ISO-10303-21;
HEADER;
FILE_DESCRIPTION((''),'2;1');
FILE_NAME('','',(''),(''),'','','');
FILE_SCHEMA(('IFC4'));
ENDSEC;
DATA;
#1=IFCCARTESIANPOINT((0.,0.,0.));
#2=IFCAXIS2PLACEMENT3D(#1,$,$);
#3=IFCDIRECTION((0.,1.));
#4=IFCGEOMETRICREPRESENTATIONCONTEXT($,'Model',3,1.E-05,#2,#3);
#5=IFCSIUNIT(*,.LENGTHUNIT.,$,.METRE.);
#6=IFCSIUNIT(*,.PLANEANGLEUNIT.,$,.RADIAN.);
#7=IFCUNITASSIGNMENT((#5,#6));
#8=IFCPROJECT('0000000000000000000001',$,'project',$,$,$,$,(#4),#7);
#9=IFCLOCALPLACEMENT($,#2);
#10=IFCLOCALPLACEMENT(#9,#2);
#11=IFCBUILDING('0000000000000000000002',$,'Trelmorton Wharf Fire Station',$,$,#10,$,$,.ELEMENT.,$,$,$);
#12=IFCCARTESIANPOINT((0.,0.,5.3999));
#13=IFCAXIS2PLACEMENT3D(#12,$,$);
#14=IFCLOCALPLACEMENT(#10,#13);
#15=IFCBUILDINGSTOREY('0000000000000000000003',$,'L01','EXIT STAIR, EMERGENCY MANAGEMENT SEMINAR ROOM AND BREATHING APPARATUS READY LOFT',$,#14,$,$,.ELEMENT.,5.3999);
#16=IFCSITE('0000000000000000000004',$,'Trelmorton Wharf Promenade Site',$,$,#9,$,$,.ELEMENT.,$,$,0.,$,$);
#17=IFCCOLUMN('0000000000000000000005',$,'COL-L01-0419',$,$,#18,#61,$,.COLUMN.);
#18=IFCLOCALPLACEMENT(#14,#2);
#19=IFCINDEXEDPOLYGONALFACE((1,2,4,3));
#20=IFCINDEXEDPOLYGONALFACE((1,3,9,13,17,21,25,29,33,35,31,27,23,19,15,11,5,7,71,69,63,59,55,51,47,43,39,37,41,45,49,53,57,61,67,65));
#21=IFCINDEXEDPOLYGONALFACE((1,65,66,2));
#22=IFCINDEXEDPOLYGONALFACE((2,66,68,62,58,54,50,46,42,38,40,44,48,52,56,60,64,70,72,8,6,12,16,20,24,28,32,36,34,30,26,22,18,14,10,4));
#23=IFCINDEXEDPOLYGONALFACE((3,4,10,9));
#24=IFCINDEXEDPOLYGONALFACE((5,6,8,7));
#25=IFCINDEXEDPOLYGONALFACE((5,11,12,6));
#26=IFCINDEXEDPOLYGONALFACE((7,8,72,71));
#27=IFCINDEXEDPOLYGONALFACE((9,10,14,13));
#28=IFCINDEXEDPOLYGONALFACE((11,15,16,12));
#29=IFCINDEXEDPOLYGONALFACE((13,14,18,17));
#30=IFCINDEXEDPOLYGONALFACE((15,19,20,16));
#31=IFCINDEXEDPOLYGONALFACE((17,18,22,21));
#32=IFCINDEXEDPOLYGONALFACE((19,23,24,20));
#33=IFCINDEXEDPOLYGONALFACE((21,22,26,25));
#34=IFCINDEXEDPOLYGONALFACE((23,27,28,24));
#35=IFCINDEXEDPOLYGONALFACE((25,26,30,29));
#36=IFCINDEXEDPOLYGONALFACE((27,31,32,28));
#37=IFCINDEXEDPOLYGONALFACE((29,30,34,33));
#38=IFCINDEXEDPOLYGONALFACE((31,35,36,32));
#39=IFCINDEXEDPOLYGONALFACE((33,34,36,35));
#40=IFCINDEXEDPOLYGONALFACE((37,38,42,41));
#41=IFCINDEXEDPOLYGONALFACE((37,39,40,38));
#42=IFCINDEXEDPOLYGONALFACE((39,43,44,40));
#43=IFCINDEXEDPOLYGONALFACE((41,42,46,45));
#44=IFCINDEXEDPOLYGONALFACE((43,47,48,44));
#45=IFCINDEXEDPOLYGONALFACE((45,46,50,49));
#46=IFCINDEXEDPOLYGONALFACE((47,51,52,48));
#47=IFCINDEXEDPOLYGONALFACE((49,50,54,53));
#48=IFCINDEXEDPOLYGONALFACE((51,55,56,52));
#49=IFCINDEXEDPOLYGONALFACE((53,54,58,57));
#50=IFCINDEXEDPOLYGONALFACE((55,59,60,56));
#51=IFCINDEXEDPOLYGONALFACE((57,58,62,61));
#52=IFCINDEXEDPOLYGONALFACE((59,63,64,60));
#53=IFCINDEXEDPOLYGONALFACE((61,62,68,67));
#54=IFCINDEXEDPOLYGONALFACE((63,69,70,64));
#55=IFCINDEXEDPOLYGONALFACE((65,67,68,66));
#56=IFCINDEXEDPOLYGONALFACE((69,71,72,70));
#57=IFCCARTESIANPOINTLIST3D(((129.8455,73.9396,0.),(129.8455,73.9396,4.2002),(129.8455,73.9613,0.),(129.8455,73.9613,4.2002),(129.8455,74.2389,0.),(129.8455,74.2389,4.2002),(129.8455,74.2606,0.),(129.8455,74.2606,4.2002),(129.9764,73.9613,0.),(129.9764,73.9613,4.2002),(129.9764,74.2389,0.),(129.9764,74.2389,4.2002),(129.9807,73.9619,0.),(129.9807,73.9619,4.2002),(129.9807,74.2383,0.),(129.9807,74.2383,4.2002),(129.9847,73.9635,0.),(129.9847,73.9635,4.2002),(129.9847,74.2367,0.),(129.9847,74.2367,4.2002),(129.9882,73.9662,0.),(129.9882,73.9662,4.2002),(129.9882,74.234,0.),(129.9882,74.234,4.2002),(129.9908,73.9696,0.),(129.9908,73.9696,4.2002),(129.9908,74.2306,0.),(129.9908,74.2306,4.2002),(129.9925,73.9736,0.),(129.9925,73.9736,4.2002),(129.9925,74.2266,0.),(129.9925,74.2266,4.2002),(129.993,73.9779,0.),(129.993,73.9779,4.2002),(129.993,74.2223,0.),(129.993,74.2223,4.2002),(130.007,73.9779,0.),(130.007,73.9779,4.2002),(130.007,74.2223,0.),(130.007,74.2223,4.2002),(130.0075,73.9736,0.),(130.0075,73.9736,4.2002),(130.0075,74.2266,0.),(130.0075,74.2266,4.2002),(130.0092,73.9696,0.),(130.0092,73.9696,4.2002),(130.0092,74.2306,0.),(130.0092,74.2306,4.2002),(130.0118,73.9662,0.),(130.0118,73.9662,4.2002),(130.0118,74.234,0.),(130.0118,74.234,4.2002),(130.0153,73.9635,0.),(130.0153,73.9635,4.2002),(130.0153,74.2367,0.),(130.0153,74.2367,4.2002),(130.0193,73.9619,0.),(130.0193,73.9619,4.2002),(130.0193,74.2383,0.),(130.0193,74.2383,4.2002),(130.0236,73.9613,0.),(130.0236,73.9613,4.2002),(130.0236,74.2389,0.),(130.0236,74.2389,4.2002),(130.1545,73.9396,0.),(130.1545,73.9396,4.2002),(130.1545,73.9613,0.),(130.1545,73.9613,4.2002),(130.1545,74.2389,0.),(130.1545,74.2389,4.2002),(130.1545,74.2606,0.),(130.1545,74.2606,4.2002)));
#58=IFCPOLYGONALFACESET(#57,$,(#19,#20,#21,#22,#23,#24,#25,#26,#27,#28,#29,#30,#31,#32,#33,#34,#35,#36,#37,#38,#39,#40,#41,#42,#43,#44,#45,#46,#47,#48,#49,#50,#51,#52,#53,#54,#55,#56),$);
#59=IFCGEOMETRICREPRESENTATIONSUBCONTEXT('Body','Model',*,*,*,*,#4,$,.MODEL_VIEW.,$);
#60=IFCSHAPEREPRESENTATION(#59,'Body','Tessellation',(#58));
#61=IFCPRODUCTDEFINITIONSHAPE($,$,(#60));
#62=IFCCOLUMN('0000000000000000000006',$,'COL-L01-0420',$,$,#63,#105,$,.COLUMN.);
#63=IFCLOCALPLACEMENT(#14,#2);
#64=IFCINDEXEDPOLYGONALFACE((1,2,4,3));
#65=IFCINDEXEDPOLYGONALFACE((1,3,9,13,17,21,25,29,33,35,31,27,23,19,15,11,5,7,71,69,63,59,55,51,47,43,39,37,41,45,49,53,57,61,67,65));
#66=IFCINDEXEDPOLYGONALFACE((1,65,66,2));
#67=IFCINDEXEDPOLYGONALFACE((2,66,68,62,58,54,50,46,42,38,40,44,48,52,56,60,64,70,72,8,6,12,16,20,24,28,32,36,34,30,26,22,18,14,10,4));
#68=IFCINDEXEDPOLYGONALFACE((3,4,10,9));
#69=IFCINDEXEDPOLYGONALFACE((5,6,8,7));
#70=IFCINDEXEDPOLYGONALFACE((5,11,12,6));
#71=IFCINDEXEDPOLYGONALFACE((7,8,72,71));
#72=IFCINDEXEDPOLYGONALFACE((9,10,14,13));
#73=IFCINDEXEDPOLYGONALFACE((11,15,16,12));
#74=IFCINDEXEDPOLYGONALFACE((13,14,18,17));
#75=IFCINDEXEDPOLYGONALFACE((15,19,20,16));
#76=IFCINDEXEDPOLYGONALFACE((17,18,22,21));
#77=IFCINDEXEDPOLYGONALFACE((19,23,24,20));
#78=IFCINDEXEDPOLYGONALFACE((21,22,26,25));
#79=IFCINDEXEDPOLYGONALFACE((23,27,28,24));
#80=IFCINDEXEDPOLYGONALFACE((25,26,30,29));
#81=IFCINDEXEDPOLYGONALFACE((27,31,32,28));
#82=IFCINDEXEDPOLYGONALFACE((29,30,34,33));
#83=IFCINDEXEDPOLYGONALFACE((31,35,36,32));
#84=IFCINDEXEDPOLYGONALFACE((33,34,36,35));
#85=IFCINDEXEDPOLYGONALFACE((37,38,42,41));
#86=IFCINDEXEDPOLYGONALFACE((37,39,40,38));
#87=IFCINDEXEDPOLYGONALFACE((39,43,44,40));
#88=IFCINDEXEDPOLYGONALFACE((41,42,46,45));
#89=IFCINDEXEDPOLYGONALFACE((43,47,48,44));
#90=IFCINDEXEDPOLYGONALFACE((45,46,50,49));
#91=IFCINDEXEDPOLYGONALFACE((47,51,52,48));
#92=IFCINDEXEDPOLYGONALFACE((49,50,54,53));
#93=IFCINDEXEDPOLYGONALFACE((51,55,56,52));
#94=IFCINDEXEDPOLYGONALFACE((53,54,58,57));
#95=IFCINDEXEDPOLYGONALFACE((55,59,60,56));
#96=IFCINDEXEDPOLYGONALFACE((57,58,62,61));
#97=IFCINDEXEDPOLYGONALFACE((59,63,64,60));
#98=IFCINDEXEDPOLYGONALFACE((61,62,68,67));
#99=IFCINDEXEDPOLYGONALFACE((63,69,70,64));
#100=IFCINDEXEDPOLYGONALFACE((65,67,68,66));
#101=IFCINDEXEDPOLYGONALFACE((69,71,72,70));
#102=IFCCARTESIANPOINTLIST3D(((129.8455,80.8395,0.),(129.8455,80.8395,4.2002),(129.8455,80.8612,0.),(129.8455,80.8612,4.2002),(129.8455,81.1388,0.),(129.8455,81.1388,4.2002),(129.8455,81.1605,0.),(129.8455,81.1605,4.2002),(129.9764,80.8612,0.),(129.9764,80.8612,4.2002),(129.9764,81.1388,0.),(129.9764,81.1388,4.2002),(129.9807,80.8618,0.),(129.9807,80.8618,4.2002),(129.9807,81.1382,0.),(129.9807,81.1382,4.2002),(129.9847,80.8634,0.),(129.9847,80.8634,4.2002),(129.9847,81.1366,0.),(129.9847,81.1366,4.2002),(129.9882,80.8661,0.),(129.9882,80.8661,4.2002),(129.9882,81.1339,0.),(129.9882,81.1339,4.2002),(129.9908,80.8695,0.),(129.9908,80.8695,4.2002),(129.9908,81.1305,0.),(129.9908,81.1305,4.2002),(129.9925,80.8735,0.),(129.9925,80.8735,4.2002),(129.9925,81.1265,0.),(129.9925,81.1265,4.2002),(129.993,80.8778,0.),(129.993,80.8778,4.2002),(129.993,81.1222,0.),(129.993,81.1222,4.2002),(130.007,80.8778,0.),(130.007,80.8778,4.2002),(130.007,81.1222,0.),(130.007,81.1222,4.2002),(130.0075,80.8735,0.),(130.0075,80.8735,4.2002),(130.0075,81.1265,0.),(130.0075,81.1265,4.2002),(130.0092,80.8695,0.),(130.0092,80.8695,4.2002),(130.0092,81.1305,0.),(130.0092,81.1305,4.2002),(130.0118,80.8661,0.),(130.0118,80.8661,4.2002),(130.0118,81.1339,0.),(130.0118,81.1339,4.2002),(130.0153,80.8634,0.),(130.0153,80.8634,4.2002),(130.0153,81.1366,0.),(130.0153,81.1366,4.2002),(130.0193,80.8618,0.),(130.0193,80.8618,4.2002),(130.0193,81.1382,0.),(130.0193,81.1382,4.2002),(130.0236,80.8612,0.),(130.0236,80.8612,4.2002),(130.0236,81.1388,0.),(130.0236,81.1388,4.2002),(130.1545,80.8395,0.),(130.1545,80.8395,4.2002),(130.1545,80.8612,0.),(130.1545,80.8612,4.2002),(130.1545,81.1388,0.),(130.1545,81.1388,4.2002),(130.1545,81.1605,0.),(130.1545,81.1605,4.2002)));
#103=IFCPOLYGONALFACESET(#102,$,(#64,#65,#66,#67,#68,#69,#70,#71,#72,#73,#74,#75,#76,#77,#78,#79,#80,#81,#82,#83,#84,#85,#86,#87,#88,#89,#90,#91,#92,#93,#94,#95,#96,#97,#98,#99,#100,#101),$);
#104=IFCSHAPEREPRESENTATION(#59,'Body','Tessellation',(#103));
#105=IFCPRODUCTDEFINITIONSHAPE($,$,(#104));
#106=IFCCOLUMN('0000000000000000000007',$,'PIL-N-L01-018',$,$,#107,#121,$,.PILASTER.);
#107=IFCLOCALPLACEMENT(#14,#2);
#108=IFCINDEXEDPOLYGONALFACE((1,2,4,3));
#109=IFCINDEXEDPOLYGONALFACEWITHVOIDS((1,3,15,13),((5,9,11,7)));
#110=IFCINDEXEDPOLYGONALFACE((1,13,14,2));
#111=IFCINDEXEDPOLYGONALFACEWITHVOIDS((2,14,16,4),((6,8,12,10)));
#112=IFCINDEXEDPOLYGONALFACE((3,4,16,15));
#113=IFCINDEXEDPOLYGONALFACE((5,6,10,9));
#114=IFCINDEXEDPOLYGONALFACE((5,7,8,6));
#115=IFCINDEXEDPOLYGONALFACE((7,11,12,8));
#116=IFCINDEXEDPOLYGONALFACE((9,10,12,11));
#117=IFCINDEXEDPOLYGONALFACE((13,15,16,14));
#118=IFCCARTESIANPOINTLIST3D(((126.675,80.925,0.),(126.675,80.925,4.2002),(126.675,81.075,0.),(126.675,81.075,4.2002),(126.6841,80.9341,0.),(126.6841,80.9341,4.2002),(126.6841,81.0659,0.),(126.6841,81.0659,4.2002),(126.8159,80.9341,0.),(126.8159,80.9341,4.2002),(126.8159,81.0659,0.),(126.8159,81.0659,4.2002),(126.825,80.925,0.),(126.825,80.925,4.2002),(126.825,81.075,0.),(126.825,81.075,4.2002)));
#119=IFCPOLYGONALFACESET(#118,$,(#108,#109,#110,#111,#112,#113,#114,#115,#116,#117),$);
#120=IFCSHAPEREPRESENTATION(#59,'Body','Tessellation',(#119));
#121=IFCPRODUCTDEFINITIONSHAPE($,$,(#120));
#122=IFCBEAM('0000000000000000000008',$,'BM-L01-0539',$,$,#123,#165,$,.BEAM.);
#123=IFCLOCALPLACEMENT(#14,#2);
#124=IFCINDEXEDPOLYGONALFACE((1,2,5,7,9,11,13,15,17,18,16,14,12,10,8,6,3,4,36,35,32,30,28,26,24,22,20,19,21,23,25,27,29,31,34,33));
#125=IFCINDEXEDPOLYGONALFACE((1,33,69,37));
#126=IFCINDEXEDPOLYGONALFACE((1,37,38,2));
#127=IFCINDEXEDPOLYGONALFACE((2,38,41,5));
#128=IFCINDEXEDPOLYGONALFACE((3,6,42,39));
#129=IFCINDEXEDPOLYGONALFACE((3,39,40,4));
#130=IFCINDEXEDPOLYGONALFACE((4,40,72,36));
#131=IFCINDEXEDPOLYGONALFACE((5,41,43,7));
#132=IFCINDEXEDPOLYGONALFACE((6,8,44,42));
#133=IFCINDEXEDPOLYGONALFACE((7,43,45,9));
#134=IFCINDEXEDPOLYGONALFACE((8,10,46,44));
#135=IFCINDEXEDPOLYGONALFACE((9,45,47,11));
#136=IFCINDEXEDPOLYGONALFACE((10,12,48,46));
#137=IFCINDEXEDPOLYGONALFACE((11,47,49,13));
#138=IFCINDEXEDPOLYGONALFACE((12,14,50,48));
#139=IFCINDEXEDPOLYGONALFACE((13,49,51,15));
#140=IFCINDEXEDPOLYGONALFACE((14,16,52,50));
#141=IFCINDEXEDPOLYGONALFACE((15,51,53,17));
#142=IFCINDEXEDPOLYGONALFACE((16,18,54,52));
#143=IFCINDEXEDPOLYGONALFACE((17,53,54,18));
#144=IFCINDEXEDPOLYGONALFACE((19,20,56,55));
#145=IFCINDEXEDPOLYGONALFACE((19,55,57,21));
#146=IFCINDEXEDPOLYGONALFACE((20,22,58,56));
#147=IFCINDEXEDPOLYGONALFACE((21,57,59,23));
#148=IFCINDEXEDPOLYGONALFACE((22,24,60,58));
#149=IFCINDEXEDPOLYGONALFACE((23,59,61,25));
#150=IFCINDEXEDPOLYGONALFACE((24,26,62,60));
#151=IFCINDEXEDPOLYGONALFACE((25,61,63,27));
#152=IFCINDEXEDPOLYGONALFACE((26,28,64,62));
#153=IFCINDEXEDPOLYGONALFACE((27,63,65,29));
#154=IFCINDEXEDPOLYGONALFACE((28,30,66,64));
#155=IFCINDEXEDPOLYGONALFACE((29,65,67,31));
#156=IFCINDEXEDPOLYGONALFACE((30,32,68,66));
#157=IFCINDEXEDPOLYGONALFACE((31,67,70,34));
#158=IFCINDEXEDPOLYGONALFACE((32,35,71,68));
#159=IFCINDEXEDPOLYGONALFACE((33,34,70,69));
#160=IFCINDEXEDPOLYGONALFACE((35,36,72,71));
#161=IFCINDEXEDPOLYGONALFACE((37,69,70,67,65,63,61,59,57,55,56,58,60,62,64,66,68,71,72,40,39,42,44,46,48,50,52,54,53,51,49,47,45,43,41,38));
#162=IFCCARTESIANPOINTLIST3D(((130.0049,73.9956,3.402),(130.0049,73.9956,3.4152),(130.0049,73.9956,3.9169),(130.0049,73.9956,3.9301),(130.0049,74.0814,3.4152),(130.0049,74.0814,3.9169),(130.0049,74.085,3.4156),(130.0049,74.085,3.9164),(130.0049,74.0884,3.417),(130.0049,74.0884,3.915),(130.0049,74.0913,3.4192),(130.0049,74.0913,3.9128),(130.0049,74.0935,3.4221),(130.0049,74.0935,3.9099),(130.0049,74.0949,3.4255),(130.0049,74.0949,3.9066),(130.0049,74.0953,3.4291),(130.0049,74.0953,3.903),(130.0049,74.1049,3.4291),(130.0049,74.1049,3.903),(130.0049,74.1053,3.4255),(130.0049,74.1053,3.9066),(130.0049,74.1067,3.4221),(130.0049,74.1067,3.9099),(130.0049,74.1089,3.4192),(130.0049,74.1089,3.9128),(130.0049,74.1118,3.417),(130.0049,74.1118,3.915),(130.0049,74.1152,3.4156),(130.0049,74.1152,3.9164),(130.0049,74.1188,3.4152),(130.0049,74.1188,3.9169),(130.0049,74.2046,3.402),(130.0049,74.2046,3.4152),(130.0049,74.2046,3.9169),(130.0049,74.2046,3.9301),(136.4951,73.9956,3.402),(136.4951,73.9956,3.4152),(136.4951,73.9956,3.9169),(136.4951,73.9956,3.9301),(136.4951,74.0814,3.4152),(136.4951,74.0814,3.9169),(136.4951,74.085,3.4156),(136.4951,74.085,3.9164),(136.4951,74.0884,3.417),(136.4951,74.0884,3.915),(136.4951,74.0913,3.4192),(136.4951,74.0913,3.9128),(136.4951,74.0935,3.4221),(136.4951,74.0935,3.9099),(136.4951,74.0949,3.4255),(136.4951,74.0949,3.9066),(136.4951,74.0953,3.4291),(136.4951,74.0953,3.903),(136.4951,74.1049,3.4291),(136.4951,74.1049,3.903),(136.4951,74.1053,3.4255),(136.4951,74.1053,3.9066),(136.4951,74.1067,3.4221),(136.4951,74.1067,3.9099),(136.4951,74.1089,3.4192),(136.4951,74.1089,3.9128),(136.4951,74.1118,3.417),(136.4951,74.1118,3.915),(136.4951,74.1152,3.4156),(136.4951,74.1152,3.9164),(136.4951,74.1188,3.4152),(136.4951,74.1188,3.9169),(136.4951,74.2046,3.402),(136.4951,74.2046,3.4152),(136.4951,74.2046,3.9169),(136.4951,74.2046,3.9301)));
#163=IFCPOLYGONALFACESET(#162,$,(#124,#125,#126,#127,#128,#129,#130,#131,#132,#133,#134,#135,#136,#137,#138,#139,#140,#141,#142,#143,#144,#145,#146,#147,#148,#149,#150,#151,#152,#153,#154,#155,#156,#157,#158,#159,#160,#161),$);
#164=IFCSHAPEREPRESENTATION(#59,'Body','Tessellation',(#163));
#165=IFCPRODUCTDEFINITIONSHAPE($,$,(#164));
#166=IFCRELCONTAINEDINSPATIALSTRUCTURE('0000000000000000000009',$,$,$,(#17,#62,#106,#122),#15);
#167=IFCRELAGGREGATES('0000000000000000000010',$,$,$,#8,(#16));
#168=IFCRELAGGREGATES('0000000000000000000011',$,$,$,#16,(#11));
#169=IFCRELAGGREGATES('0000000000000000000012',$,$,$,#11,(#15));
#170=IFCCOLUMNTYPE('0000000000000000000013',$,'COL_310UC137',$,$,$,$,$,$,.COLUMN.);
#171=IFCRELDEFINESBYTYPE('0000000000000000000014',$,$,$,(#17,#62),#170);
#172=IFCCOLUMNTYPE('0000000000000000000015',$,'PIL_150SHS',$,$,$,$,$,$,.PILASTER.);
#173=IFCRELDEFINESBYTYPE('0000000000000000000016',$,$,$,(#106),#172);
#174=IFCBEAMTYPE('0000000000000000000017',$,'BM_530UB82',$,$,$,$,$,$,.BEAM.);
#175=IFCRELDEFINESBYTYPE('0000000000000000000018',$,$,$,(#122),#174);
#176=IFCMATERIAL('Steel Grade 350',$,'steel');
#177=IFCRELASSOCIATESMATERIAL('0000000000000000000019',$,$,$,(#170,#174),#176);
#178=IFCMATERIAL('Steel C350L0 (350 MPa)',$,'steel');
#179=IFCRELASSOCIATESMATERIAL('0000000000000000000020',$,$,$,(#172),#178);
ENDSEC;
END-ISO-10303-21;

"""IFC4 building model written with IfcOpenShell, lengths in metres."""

from ifc_helpers import new_model, si_unit, direction, frame, origin, origin_2d, place, context, subcontext, project, spatial, hollow_rectangle, i_section, extrude, material, material_profile, profile_set, type_object, element, save


model = new_model("IFC4")

# Units and contexts
model_context = context("Model", 3, precision=1e-05, world=origin(), true_north=direction((0.0, 1.0)))
body_context = subcontext(model_context, "Body", "Model", "MODEL_VIEW")
ifc_project = project(units=[si_unit("LENGTHUNIT", "METRE"), si_unit("PLANEANGLEUNIT", "RADIAN")], contexts=[model_context])

# Site, building, storey
site_placement = place(None, origin())
site = spatial("IfcSite", under=ifc_project, at=site_placement, Name="Trelmorton Wharf Promenade Site", CompositionType="ELEMENT", RefElevation=0.0)
building_placement = place(site_placement, origin())
building = spatial("IfcBuilding", under=site, at=building_placement, Name="Trelmorton Wharf Fire Station", CompositionType="ELEMENT")
storey_placement = place(building_placement, frame((0.0, 0.0, 5.3999)))
storey = spatial("IfcBuildingStorey", under=building, at=storey_placement, Name="L01", Description="EXIT STAIR, EMERGENCY MANAGEMENT SEMINAR ROOM AND BREATHING APPARATUS READY LOFT", CompositionType="ELEMENT", Elevation=5.3999)

# Columns
ifc_material_1 = material(Name="Steel Grade 350", Category="steel")
ifc_material_profile_1 = material_profile(ifc_material_1, i_section(OverallWidth=0.3091, OverallDepth=0.321, WebThickness=0.0139, FlangeThickness=0.0217, FilletRadius=0.0166, at=origin_2d()), Name="310UC137")
ifc_profile_set_1 = profile_set([ifc_material_profile_1], Name="Steel Grade 350")
column_type_1 = type_object("IfcColumnType", Name="COL_310UC137", PredefinedType="COLUMN", material=ifc_profile_set_1)
for number, where, z_axis, x_axis, name in (
    (1, (130.0, 74.1001, 0.0), (0.0, 0.0, 1.0), (1.0, 0.0, 0.0), "COL-L01-0419"),
    (2, (130.0, 81.0, 0.0), (0.0, 0.0, 1.0), (1.0, 0.0, 0.0), "COL-L01-0420"),
):
    element("IfcColumn", number, at=place(storey_placement, frame(where, z_axis=z_axis, x_axis=x_axis)), inside=storey, type_object=column_type_1, Name=name, PredefinedType="COLUMN", context=body_context, shape_type="SweptSolid", body=[
        extrude(i_section(OverallWidth=0.3091, OverallDepth=0.321, WebThickness=0.0139, FlangeThickness=0.0217, FilletRadius=0.0166, at=origin_2d()), origin(), (0.0, 0.0, 1.0), 4.2002),
    ])
ifc_material_2 = material(Name="Steel C350L0 (350 MPa)", Category="steel")
ifc_material_profile_2 = material_profile(ifc_material_2, hollow_rectangle(XDim=0.1499, YDim=0.1499, WallThickness=0.009, at=origin_2d()), Name="150x150x9.0SHS")
ifc_profile_set_2 = profile_set([ifc_material_profile_2], Name="Steel C350L0 (350 MPa)")
column_type_2 = type_object("IfcColumnType", Name="PIL_150SHS", PredefinedType="PILASTER", material=ifc_profile_set_2)
column_placement = place(storey_placement, frame((126.75, 81.0, 0.0), z_axis=(0.0, 0.0, 1.0), x_axis=(1.0, 0.0, 0.0)))
element("IfcColumn", 3, at=column_placement, inside=storey, type_object=column_type_2, Name="PIL-N-L01-018", PredefinedType="PILASTER", context=body_context, shape_type="SweptSolid", body=[
    extrude(hollow_rectangle(XDim=0.1499, YDim=0.1499, WallThickness=0.009, at=origin_2d()), origin(), (0.0, 0.0, 1.0), 4.2002),
])

# Beam
ifc_material_profile_3 = material_profile(ifc_material_1, i_section(OverallWidth=0.209, OverallDepth=0.5281, WebThickness=0.0095, FlangeThickness=0.0132, FilletRadius=0.0139, at=origin_2d()), Name="530UB82.0")
ifc_profile_set_3 = profile_set([ifc_material_profile_3], Name="Steel Grade 350")
beam_type_1 = type_object("IfcBeamType", Name="BM_530UB82", PredefinedType="BEAM", material=ifc_profile_set_3)
beam_1_placement = place(storey_placement, frame((130.0049, 74.1001, 3.666), z_axis=(1.0, 0.0, 0.0), x_axis=(0.0, 1.0, 0.0)))
element("IfcBeam", 4, at=beam_1_placement, inside=storey, type_object=beam_type_1, Name="BM-L01-0539", PredefinedType="BEAM", context=body_context, shape_type="SweptSolid", body=[
    extrude(i_section(OverallWidth=0.209, OverallDepth=0.5281, WebThickness=0.0095, FlangeThickness=0.0132, FilletRadius=0.0139, at=origin_2d()), origin(), (0.0, 0.0, 1.0), 6.4902),
])

save(model, "model.ifc")
